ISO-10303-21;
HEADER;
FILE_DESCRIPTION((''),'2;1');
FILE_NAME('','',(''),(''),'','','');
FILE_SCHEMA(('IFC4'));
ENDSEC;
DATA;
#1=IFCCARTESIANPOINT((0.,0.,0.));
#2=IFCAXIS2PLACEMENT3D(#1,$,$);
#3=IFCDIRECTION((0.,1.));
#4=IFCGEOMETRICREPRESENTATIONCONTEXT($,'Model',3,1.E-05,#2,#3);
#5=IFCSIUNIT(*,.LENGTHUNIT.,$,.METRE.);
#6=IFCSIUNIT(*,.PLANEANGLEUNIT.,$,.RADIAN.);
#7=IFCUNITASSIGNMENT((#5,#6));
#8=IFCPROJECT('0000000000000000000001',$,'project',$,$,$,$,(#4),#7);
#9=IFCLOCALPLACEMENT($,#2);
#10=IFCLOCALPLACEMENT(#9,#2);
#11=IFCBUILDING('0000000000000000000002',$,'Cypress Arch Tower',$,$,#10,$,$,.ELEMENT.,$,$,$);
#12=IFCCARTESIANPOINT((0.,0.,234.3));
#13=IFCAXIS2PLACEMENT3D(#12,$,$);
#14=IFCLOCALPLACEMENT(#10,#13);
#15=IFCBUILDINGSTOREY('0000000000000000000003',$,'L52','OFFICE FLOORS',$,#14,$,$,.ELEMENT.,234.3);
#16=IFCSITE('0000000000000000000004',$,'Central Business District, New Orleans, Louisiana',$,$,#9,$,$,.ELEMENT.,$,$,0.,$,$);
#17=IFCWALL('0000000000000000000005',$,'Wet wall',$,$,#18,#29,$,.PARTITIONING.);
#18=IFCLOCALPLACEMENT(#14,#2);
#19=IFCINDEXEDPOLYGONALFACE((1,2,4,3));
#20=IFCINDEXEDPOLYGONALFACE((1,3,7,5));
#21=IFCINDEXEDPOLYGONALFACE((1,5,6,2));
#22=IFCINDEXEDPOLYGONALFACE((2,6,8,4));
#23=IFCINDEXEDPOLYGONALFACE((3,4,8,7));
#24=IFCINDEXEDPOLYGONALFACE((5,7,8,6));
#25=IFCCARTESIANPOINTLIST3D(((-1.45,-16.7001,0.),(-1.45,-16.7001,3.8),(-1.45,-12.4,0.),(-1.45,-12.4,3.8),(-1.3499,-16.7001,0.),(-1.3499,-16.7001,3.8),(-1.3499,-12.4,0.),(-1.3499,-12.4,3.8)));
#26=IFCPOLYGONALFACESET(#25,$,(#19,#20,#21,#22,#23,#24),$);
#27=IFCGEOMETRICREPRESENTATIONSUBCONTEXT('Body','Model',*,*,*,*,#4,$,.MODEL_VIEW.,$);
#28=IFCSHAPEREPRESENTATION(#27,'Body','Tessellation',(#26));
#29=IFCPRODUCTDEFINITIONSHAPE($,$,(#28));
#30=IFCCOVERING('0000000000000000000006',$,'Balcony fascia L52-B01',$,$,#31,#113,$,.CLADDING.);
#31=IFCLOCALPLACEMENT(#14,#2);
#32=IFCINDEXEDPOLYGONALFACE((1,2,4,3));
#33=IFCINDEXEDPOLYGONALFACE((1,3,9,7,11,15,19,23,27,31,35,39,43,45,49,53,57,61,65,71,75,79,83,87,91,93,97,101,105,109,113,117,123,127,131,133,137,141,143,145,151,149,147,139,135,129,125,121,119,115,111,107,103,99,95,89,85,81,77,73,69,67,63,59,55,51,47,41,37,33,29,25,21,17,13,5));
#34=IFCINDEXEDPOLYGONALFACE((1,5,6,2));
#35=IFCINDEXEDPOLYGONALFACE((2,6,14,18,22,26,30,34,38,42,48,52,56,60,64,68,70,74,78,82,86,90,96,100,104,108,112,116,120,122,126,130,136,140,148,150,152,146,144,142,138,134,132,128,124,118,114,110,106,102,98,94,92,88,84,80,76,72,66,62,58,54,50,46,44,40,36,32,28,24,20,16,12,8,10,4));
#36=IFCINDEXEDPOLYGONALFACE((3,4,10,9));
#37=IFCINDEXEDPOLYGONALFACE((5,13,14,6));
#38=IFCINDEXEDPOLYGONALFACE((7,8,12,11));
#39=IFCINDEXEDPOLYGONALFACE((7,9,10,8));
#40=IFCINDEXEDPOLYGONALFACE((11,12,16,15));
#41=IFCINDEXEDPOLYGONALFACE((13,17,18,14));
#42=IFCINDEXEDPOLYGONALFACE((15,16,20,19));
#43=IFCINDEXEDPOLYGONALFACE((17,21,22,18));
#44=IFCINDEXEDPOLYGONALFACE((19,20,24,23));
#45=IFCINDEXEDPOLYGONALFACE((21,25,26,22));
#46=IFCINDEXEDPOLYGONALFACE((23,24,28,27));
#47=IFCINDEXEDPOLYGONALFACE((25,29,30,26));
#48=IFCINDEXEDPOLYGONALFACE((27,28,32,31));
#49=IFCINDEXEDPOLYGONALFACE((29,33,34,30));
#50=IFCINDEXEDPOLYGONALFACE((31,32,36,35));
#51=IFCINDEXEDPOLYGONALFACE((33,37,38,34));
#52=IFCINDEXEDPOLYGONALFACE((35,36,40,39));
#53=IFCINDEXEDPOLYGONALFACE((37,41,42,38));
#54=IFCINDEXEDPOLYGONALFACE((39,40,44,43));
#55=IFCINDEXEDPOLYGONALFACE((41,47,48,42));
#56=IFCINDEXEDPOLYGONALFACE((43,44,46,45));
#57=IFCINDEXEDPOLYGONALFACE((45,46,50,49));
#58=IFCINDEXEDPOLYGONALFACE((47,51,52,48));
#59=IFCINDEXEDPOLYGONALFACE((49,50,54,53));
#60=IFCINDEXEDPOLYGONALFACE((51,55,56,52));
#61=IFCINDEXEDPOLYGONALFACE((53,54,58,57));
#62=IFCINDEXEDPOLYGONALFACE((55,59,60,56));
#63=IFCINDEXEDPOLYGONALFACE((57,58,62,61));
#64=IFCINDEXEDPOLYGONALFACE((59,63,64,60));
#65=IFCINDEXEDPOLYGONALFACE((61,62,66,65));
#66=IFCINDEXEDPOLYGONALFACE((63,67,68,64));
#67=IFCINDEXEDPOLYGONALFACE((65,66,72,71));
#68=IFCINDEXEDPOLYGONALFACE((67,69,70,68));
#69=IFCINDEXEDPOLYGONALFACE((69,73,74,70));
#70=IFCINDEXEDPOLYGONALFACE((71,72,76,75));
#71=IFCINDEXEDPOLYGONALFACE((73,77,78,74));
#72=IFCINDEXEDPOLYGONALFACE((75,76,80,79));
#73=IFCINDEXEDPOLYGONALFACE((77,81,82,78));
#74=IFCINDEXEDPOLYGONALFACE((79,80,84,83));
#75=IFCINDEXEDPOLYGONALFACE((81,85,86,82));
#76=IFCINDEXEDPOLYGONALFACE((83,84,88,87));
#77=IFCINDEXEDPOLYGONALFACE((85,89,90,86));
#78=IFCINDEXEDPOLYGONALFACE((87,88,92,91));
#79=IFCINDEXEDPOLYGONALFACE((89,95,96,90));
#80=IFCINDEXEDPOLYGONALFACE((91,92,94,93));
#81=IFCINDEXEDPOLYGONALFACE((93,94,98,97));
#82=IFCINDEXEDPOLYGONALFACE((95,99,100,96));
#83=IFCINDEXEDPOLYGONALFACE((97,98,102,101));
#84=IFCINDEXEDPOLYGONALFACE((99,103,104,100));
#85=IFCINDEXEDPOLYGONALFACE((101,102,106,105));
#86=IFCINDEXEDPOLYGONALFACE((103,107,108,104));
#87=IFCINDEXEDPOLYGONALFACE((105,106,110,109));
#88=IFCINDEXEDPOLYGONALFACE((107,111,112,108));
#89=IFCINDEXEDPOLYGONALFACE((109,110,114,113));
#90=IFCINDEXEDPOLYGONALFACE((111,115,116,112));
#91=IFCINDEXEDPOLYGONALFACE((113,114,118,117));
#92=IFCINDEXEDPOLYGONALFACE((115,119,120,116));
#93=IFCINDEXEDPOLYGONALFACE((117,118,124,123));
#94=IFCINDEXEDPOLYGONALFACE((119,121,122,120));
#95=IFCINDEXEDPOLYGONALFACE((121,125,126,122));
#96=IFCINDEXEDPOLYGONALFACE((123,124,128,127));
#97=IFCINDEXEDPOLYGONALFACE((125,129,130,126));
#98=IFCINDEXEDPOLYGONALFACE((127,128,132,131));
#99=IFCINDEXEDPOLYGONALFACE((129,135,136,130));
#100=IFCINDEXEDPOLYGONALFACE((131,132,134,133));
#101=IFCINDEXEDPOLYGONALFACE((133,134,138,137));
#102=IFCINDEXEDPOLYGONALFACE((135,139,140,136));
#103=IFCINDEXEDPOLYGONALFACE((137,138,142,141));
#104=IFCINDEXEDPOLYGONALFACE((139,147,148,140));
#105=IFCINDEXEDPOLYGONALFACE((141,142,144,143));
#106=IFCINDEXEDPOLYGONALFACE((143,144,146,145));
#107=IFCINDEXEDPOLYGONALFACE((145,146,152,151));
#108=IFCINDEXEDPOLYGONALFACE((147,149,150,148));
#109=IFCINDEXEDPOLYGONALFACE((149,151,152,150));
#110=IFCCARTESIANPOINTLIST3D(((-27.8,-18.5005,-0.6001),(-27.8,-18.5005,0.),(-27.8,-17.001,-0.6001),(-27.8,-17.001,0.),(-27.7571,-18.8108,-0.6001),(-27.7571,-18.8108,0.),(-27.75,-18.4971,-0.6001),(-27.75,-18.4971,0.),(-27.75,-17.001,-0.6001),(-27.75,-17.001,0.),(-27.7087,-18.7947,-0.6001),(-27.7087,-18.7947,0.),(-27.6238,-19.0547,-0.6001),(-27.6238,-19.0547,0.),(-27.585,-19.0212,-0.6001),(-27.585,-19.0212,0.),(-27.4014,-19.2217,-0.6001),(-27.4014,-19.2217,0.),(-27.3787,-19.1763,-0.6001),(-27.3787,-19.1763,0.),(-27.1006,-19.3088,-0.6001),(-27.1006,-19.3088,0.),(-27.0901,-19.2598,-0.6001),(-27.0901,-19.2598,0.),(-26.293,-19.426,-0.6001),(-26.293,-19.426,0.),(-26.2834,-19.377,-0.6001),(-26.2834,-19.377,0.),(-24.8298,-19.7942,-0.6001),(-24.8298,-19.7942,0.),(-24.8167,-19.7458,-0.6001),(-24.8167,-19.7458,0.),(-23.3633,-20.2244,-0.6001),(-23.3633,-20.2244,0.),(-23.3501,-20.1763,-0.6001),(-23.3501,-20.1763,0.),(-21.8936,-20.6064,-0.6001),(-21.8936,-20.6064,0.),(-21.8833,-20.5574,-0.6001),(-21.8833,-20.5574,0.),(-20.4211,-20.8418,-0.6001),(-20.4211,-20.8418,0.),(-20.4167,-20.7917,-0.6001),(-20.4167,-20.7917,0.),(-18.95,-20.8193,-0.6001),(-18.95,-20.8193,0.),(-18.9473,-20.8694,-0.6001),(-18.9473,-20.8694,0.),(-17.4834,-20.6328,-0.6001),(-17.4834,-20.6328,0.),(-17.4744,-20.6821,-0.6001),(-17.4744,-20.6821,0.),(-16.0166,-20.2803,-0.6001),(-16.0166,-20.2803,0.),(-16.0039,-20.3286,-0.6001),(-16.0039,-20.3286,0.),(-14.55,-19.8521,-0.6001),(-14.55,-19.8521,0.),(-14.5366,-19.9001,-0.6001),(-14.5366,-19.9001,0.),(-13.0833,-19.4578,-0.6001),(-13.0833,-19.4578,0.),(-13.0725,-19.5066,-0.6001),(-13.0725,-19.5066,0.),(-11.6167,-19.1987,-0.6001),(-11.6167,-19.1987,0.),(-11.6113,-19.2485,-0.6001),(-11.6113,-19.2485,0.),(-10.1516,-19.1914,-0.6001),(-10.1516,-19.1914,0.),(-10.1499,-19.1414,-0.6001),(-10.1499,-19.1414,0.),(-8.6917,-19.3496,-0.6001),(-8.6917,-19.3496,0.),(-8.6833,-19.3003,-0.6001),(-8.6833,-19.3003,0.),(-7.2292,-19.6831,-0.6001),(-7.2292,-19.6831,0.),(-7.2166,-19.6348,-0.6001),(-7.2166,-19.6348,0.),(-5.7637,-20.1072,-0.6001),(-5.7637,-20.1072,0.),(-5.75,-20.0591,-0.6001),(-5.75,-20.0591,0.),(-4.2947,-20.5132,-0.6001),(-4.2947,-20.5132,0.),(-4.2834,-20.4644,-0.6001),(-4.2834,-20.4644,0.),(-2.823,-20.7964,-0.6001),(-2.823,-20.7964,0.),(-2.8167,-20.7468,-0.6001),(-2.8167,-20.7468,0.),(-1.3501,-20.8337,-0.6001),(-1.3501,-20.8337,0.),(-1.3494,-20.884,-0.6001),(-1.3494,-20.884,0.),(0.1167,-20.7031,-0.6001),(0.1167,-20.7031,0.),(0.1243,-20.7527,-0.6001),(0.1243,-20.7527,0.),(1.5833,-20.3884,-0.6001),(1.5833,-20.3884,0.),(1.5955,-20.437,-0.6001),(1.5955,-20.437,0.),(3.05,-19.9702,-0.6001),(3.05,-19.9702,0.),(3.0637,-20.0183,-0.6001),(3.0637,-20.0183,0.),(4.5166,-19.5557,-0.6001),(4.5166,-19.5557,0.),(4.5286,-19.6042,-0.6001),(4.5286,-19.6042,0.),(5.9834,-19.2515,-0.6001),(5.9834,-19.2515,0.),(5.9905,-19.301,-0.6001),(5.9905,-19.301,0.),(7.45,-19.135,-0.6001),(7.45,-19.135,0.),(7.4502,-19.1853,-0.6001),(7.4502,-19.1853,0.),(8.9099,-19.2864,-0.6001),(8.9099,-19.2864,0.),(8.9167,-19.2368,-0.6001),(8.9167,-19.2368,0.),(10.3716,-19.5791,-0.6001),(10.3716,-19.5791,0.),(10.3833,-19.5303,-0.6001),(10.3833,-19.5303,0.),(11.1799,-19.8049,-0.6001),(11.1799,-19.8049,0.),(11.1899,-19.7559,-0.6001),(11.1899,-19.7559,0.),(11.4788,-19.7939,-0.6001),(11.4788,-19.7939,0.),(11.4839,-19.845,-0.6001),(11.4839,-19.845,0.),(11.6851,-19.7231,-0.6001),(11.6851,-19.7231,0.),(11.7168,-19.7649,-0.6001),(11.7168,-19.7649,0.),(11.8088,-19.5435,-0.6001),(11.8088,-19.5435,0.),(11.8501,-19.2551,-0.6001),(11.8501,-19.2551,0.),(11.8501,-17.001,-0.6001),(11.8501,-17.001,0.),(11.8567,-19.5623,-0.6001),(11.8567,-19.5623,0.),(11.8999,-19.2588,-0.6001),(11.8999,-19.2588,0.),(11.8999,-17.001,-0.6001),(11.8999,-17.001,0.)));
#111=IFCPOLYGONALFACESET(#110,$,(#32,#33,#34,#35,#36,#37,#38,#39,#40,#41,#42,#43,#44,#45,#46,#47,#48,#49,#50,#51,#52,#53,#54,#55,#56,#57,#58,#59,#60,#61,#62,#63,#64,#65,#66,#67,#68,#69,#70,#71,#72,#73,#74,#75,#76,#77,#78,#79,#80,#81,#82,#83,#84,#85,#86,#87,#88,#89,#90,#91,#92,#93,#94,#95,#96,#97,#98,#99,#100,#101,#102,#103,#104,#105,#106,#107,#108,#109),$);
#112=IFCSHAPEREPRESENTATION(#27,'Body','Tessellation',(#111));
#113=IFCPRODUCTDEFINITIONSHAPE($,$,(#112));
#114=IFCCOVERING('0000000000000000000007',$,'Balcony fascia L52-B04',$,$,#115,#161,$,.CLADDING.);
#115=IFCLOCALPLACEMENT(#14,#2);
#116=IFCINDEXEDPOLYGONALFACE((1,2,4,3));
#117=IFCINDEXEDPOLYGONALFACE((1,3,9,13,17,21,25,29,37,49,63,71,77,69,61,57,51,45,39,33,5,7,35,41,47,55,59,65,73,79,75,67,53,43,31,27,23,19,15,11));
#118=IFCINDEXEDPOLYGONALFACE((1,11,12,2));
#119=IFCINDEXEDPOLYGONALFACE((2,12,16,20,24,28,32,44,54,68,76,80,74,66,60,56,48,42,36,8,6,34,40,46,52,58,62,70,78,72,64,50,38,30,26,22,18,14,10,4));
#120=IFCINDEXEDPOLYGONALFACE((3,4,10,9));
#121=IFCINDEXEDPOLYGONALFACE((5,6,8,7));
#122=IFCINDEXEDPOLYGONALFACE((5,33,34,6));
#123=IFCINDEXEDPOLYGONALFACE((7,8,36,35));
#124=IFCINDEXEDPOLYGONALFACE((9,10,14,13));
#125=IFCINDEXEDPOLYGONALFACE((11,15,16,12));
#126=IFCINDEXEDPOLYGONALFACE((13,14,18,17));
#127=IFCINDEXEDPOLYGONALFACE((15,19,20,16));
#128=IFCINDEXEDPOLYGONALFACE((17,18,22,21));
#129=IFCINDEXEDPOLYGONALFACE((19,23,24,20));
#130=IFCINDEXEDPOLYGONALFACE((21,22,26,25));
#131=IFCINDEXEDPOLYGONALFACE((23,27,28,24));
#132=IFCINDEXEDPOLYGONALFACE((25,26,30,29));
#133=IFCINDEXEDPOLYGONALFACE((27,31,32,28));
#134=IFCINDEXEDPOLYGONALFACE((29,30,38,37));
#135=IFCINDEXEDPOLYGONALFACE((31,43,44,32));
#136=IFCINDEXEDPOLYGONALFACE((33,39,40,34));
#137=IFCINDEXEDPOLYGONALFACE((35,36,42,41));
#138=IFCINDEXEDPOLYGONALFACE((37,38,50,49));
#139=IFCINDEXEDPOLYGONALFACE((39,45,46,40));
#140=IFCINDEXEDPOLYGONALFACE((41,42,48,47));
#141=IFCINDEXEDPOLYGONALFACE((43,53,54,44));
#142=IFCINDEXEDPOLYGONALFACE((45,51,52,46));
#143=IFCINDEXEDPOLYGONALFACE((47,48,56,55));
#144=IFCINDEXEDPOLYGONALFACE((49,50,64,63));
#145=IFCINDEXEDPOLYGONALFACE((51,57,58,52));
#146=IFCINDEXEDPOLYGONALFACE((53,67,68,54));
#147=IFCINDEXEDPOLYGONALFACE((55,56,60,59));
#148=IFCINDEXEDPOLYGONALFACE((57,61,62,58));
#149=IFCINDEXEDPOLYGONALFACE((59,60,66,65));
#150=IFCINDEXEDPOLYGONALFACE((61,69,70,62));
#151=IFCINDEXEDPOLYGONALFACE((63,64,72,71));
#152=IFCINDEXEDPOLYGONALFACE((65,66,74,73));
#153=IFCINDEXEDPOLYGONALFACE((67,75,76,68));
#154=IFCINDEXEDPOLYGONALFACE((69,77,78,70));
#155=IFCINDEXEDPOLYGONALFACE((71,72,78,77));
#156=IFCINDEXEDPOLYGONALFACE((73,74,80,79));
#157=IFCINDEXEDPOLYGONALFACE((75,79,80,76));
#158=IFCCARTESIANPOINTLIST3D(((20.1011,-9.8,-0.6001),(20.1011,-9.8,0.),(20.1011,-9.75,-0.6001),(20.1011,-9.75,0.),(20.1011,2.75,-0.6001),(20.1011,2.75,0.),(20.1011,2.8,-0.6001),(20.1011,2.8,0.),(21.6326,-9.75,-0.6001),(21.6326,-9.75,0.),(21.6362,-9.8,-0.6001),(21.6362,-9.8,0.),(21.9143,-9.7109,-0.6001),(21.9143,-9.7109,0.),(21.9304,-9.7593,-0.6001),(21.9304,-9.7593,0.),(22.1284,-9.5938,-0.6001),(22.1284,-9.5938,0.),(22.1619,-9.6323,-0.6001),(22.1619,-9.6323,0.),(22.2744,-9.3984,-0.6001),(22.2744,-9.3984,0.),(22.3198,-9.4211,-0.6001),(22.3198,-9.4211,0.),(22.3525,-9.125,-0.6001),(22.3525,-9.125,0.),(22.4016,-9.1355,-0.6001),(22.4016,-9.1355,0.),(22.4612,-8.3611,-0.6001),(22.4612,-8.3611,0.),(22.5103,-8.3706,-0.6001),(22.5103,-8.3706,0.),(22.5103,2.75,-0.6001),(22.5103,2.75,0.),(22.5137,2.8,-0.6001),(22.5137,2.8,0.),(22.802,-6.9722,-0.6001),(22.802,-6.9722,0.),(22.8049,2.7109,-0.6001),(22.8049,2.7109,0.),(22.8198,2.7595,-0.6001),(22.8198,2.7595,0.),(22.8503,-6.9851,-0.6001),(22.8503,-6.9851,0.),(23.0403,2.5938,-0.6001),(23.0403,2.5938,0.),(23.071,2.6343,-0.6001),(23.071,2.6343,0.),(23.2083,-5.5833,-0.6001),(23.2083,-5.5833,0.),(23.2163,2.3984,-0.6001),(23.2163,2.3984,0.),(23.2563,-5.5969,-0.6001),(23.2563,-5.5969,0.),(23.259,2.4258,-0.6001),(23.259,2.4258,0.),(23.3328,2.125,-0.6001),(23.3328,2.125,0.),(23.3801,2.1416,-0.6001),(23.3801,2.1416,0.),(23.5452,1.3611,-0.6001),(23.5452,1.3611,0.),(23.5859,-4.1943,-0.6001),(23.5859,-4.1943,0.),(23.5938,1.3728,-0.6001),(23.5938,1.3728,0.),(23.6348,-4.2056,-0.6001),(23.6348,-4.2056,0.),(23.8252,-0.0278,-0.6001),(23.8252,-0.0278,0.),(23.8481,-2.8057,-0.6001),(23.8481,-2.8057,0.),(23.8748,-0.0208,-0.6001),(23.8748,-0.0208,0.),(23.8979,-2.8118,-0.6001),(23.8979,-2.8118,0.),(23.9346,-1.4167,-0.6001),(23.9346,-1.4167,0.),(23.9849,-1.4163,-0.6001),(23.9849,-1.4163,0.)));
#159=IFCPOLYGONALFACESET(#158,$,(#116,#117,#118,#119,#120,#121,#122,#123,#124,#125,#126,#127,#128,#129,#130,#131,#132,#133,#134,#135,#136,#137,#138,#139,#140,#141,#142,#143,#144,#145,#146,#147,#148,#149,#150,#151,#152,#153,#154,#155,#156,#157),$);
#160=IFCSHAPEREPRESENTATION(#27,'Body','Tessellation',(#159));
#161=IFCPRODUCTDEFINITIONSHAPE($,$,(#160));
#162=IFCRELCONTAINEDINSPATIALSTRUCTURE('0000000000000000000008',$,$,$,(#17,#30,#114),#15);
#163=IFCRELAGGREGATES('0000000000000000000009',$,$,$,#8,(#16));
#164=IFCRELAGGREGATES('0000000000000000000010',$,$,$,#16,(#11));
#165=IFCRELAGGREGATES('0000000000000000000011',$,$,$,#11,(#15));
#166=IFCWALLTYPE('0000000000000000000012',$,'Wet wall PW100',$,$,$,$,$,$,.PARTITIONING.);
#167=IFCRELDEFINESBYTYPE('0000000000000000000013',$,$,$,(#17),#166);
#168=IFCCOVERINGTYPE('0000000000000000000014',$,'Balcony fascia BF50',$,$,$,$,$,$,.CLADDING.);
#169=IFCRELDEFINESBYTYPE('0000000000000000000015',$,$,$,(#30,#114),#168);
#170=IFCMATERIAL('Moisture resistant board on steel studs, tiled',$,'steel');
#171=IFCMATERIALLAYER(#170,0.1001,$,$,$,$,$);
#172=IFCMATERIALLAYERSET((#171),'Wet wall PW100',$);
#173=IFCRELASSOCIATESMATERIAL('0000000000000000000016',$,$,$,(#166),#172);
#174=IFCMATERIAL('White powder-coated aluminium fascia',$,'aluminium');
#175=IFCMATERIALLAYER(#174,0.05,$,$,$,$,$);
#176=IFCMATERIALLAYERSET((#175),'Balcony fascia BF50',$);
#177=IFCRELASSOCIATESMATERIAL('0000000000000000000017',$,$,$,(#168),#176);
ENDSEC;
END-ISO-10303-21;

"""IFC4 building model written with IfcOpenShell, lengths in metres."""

from ifc_helpers import new_model, si_unit, direction, frame, frame_2d, origin, place, context, subcontext, project, spatial, polyline, rectangle, outline, extrude, material, layer, layer_set, type_object, element, save


model = new_model("IFC4")

# Units and contexts
model_context = context("Model", 3, precision=1e-05, world=origin(), true_north=direction((0.0, 1.0)))
body_context = subcontext(model_context, "Body", "Model", "MODEL_VIEW")
ifc_project = project(units=[si_unit("LENGTHUNIT", "METRE"), si_unit("PLANEANGLEUNIT", "RADIAN")], contexts=[model_context])

# Site, building, storey
site_placement = place(None, origin())
site = spatial("IfcSite", under=ifc_project, at=site_placement, Name="Central Business District, New Orleans, Louisiana", CompositionType="ELEMENT", RefElevation=0.0)
building_placement = place(site_placement, origin())
building = spatial("IfcBuilding", under=site, at=building_placement, Name="Cypress Arch Tower", CompositionType="ELEMENT")
storey_placement = place(building_placement, frame((0.0, 0.0, 234.3)))
storey = spatial("IfcBuildingStorey", under=building, at=storey_placement, Name="L52", Description="OFFICE FLOORS", CompositionType="ELEMENT", Elevation=234.3)

# Wall
ifc_material_1 = material(Name="Moisture resistant board on steel studs, tiled", Category="steel")
ifc_layer_1 = layer(ifc_material_1, 0.1001)
ifc_layer_set_1 = layer_set([ifc_layer_1], Name="Wet wall PW100")
wall_type_1 = type_object("IfcWallType", Name="Wet wall PW100", PredefinedType="PARTITIONING", material=ifc_layer_set_1)
wall_1_placement = place(storey_placement, frame((-1.3999, -16.7, 0.0), z_axis=(0.0, 0.0, 1.0), x_axis=(0.0, 1.0, 0.0)))
element("IfcWall", 1, at=wall_1_placement, inside=storey, type_object=wall_type_1, Name="Wet wall", PredefinedType="PARTITIONING", context=body_context, shape_type="SweptSolid", body=[
    extrude(rectangle(XDim=4.3, YDim=0.1001, at=frame_2d((2.1499, 0.0))), origin(), (0.0, 0.0, 1.0), 3.8),
])

# Coverings
ifc_material_2 = material(Name="White powder-coated aluminium fascia", Category="aluminium")
ifc_layer_2 = layer(ifc_material_2, 0.05)
ifc_layer_set_2 = layer_set([ifc_layer_2], Name="Balcony fascia BF50")
covering_type_1 = type_object("IfcCoveringType", Name="Balcony fascia BF50", PredefinedType="CLADDING", material=ifc_layer_set_2)
covering_1_placement = place(storey_placement, frame((0.0, 0.0, -0.6001)))
element("IfcCovering", 2, at=covering_1_placement, inside=storey, type_object=covering_type_1, Name="Balcony fascia L52-B01", PredefinedType="CLADDING", context=body_context, shape_type="SweptSolid", body=[
    extrude(outline(polyline([(11.8999, -19.2588), (11.8567, -19.5623), (11.7168, -19.7649), (11.4839, -19.845), (11.1799, -19.8049), (10.3716, -19.5791), (8.9099, -19.2864), (7.4502, -19.1853), (5.9905, -19.301), (4.5286, -19.6042), (3.0637, -20.0183), (1.5955, -20.437), (0.1243, -20.7527), (-1.3494, -20.884), (-2.823, -20.7964), (-4.2947, -20.5132), (-5.7637, -20.1072), (-7.2292, -19.6831), (-8.6917, -19.3496), (-10.1516, -19.1914), (-11.6113, -19.2485), (-13.0725, -19.5066), (-14.5366, -19.9001), (-16.0039, -20.3286), (-17.4744, -20.6821), (-18.9473, -20.8694), (-20.4211, -20.8418), (-21.8936, -20.6064), (-23.3633, -20.2244), (-24.8298, -19.7942), (-26.293, -19.426), (-27.1006, -19.3088), (-27.4014, -19.2217), (-27.6238, -19.0547), (-27.7571, -18.8108), (-27.8, -18.5005), (-27.8, -17.001), (-27.75, -17.001), (-27.75, -18.4971), (-27.7087, -18.7947), (-27.585, -19.0212), (-27.3787, -19.1763), (-27.0901, -19.2598), (-26.2834, -19.377), (-24.8167, -19.7458), (-23.3501, -20.1763), (-21.8833, -20.5574), (-20.4167, -20.7917), (-18.95, -20.8193), (-17.4834, -20.6328), (-16.0166, -20.2803), (-14.55, -19.8521), (-13.0833, -19.4578), (-11.6167, -19.1987), (-10.1499, -19.1414), (-8.6833, -19.3003), (-7.2166, -19.6348), (-5.75, -20.0591), (-4.2834, -20.4644), (-2.8167, -20.7468), (-1.3501, -20.8337), (0.1167, -20.7031), (1.5833, -20.3884), (3.05, -19.9702), (4.5166, -19.5557), (5.9834, -19.2515), (7.45, -19.135), (8.9167, -19.2368), (10.3833, -19.5303), (11.1899, -19.7559), (11.4788, -19.7939), (11.6851, -19.7231), (11.8088, -19.5435), (11.8501, -19.2551), (11.8501, -17.001), (11.8999, -17.001), (11.8999, -19.2588)])), origin(), (0.0, 0.0, 1.0), 0.6001),
])
covering_2_placement = place(storey_placement, frame((0.0, 0.0, -0.6001)))
element("IfcCovering", 3, at=covering_2_placement, inside=storey, type_object=covering_type_1, Name="Balcony fascia L52-B04", PredefinedType="CLADDING", context=body_context, shape_type="SweptSolid", body=[
    extrude(outline(polyline([(22.5137, 2.8), (22.8198, 2.7595), (23.071, 2.6343), (23.259, 2.4258), (23.3801, 2.1416), (23.5938, 1.3728), (23.8748, -0.0208), (23.9849, -1.4163), (23.8979, -2.8118), (23.6348, -4.2056), (23.2563, -5.5969), (22.8503, -6.9851), (22.5103, -8.3706), (22.4016, -9.1355), (22.3198, -9.4211), (22.1619, -9.6323), (21.9304, -9.7593), (21.6362, -9.8), (20.1011, -9.8), (20.1011, -9.75), (21.6326, -9.75), (21.9143, -9.7109), (22.1284, -9.5938), (22.2744, -9.3984), (22.3525, -9.125), (22.4612, -8.3611), (22.802, -6.9722), (23.2083, -5.5833), (23.5859, -4.1943), (23.8481, -2.8057), (23.9346, -1.4167), (23.8252, -0.0278), (23.5452, 1.3611), (23.3328, 2.125), (23.2163, 2.3984), (23.0403, 2.5938), (22.8049, 2.7109), (22.5103, 2.75), (20.1011, 2.75), (20.1011, 2.8), (22.5137, 2.8)])), origin(), (0.0, 0.0, 1.0), 0.6001),
])

save(model, "model.ifc")
